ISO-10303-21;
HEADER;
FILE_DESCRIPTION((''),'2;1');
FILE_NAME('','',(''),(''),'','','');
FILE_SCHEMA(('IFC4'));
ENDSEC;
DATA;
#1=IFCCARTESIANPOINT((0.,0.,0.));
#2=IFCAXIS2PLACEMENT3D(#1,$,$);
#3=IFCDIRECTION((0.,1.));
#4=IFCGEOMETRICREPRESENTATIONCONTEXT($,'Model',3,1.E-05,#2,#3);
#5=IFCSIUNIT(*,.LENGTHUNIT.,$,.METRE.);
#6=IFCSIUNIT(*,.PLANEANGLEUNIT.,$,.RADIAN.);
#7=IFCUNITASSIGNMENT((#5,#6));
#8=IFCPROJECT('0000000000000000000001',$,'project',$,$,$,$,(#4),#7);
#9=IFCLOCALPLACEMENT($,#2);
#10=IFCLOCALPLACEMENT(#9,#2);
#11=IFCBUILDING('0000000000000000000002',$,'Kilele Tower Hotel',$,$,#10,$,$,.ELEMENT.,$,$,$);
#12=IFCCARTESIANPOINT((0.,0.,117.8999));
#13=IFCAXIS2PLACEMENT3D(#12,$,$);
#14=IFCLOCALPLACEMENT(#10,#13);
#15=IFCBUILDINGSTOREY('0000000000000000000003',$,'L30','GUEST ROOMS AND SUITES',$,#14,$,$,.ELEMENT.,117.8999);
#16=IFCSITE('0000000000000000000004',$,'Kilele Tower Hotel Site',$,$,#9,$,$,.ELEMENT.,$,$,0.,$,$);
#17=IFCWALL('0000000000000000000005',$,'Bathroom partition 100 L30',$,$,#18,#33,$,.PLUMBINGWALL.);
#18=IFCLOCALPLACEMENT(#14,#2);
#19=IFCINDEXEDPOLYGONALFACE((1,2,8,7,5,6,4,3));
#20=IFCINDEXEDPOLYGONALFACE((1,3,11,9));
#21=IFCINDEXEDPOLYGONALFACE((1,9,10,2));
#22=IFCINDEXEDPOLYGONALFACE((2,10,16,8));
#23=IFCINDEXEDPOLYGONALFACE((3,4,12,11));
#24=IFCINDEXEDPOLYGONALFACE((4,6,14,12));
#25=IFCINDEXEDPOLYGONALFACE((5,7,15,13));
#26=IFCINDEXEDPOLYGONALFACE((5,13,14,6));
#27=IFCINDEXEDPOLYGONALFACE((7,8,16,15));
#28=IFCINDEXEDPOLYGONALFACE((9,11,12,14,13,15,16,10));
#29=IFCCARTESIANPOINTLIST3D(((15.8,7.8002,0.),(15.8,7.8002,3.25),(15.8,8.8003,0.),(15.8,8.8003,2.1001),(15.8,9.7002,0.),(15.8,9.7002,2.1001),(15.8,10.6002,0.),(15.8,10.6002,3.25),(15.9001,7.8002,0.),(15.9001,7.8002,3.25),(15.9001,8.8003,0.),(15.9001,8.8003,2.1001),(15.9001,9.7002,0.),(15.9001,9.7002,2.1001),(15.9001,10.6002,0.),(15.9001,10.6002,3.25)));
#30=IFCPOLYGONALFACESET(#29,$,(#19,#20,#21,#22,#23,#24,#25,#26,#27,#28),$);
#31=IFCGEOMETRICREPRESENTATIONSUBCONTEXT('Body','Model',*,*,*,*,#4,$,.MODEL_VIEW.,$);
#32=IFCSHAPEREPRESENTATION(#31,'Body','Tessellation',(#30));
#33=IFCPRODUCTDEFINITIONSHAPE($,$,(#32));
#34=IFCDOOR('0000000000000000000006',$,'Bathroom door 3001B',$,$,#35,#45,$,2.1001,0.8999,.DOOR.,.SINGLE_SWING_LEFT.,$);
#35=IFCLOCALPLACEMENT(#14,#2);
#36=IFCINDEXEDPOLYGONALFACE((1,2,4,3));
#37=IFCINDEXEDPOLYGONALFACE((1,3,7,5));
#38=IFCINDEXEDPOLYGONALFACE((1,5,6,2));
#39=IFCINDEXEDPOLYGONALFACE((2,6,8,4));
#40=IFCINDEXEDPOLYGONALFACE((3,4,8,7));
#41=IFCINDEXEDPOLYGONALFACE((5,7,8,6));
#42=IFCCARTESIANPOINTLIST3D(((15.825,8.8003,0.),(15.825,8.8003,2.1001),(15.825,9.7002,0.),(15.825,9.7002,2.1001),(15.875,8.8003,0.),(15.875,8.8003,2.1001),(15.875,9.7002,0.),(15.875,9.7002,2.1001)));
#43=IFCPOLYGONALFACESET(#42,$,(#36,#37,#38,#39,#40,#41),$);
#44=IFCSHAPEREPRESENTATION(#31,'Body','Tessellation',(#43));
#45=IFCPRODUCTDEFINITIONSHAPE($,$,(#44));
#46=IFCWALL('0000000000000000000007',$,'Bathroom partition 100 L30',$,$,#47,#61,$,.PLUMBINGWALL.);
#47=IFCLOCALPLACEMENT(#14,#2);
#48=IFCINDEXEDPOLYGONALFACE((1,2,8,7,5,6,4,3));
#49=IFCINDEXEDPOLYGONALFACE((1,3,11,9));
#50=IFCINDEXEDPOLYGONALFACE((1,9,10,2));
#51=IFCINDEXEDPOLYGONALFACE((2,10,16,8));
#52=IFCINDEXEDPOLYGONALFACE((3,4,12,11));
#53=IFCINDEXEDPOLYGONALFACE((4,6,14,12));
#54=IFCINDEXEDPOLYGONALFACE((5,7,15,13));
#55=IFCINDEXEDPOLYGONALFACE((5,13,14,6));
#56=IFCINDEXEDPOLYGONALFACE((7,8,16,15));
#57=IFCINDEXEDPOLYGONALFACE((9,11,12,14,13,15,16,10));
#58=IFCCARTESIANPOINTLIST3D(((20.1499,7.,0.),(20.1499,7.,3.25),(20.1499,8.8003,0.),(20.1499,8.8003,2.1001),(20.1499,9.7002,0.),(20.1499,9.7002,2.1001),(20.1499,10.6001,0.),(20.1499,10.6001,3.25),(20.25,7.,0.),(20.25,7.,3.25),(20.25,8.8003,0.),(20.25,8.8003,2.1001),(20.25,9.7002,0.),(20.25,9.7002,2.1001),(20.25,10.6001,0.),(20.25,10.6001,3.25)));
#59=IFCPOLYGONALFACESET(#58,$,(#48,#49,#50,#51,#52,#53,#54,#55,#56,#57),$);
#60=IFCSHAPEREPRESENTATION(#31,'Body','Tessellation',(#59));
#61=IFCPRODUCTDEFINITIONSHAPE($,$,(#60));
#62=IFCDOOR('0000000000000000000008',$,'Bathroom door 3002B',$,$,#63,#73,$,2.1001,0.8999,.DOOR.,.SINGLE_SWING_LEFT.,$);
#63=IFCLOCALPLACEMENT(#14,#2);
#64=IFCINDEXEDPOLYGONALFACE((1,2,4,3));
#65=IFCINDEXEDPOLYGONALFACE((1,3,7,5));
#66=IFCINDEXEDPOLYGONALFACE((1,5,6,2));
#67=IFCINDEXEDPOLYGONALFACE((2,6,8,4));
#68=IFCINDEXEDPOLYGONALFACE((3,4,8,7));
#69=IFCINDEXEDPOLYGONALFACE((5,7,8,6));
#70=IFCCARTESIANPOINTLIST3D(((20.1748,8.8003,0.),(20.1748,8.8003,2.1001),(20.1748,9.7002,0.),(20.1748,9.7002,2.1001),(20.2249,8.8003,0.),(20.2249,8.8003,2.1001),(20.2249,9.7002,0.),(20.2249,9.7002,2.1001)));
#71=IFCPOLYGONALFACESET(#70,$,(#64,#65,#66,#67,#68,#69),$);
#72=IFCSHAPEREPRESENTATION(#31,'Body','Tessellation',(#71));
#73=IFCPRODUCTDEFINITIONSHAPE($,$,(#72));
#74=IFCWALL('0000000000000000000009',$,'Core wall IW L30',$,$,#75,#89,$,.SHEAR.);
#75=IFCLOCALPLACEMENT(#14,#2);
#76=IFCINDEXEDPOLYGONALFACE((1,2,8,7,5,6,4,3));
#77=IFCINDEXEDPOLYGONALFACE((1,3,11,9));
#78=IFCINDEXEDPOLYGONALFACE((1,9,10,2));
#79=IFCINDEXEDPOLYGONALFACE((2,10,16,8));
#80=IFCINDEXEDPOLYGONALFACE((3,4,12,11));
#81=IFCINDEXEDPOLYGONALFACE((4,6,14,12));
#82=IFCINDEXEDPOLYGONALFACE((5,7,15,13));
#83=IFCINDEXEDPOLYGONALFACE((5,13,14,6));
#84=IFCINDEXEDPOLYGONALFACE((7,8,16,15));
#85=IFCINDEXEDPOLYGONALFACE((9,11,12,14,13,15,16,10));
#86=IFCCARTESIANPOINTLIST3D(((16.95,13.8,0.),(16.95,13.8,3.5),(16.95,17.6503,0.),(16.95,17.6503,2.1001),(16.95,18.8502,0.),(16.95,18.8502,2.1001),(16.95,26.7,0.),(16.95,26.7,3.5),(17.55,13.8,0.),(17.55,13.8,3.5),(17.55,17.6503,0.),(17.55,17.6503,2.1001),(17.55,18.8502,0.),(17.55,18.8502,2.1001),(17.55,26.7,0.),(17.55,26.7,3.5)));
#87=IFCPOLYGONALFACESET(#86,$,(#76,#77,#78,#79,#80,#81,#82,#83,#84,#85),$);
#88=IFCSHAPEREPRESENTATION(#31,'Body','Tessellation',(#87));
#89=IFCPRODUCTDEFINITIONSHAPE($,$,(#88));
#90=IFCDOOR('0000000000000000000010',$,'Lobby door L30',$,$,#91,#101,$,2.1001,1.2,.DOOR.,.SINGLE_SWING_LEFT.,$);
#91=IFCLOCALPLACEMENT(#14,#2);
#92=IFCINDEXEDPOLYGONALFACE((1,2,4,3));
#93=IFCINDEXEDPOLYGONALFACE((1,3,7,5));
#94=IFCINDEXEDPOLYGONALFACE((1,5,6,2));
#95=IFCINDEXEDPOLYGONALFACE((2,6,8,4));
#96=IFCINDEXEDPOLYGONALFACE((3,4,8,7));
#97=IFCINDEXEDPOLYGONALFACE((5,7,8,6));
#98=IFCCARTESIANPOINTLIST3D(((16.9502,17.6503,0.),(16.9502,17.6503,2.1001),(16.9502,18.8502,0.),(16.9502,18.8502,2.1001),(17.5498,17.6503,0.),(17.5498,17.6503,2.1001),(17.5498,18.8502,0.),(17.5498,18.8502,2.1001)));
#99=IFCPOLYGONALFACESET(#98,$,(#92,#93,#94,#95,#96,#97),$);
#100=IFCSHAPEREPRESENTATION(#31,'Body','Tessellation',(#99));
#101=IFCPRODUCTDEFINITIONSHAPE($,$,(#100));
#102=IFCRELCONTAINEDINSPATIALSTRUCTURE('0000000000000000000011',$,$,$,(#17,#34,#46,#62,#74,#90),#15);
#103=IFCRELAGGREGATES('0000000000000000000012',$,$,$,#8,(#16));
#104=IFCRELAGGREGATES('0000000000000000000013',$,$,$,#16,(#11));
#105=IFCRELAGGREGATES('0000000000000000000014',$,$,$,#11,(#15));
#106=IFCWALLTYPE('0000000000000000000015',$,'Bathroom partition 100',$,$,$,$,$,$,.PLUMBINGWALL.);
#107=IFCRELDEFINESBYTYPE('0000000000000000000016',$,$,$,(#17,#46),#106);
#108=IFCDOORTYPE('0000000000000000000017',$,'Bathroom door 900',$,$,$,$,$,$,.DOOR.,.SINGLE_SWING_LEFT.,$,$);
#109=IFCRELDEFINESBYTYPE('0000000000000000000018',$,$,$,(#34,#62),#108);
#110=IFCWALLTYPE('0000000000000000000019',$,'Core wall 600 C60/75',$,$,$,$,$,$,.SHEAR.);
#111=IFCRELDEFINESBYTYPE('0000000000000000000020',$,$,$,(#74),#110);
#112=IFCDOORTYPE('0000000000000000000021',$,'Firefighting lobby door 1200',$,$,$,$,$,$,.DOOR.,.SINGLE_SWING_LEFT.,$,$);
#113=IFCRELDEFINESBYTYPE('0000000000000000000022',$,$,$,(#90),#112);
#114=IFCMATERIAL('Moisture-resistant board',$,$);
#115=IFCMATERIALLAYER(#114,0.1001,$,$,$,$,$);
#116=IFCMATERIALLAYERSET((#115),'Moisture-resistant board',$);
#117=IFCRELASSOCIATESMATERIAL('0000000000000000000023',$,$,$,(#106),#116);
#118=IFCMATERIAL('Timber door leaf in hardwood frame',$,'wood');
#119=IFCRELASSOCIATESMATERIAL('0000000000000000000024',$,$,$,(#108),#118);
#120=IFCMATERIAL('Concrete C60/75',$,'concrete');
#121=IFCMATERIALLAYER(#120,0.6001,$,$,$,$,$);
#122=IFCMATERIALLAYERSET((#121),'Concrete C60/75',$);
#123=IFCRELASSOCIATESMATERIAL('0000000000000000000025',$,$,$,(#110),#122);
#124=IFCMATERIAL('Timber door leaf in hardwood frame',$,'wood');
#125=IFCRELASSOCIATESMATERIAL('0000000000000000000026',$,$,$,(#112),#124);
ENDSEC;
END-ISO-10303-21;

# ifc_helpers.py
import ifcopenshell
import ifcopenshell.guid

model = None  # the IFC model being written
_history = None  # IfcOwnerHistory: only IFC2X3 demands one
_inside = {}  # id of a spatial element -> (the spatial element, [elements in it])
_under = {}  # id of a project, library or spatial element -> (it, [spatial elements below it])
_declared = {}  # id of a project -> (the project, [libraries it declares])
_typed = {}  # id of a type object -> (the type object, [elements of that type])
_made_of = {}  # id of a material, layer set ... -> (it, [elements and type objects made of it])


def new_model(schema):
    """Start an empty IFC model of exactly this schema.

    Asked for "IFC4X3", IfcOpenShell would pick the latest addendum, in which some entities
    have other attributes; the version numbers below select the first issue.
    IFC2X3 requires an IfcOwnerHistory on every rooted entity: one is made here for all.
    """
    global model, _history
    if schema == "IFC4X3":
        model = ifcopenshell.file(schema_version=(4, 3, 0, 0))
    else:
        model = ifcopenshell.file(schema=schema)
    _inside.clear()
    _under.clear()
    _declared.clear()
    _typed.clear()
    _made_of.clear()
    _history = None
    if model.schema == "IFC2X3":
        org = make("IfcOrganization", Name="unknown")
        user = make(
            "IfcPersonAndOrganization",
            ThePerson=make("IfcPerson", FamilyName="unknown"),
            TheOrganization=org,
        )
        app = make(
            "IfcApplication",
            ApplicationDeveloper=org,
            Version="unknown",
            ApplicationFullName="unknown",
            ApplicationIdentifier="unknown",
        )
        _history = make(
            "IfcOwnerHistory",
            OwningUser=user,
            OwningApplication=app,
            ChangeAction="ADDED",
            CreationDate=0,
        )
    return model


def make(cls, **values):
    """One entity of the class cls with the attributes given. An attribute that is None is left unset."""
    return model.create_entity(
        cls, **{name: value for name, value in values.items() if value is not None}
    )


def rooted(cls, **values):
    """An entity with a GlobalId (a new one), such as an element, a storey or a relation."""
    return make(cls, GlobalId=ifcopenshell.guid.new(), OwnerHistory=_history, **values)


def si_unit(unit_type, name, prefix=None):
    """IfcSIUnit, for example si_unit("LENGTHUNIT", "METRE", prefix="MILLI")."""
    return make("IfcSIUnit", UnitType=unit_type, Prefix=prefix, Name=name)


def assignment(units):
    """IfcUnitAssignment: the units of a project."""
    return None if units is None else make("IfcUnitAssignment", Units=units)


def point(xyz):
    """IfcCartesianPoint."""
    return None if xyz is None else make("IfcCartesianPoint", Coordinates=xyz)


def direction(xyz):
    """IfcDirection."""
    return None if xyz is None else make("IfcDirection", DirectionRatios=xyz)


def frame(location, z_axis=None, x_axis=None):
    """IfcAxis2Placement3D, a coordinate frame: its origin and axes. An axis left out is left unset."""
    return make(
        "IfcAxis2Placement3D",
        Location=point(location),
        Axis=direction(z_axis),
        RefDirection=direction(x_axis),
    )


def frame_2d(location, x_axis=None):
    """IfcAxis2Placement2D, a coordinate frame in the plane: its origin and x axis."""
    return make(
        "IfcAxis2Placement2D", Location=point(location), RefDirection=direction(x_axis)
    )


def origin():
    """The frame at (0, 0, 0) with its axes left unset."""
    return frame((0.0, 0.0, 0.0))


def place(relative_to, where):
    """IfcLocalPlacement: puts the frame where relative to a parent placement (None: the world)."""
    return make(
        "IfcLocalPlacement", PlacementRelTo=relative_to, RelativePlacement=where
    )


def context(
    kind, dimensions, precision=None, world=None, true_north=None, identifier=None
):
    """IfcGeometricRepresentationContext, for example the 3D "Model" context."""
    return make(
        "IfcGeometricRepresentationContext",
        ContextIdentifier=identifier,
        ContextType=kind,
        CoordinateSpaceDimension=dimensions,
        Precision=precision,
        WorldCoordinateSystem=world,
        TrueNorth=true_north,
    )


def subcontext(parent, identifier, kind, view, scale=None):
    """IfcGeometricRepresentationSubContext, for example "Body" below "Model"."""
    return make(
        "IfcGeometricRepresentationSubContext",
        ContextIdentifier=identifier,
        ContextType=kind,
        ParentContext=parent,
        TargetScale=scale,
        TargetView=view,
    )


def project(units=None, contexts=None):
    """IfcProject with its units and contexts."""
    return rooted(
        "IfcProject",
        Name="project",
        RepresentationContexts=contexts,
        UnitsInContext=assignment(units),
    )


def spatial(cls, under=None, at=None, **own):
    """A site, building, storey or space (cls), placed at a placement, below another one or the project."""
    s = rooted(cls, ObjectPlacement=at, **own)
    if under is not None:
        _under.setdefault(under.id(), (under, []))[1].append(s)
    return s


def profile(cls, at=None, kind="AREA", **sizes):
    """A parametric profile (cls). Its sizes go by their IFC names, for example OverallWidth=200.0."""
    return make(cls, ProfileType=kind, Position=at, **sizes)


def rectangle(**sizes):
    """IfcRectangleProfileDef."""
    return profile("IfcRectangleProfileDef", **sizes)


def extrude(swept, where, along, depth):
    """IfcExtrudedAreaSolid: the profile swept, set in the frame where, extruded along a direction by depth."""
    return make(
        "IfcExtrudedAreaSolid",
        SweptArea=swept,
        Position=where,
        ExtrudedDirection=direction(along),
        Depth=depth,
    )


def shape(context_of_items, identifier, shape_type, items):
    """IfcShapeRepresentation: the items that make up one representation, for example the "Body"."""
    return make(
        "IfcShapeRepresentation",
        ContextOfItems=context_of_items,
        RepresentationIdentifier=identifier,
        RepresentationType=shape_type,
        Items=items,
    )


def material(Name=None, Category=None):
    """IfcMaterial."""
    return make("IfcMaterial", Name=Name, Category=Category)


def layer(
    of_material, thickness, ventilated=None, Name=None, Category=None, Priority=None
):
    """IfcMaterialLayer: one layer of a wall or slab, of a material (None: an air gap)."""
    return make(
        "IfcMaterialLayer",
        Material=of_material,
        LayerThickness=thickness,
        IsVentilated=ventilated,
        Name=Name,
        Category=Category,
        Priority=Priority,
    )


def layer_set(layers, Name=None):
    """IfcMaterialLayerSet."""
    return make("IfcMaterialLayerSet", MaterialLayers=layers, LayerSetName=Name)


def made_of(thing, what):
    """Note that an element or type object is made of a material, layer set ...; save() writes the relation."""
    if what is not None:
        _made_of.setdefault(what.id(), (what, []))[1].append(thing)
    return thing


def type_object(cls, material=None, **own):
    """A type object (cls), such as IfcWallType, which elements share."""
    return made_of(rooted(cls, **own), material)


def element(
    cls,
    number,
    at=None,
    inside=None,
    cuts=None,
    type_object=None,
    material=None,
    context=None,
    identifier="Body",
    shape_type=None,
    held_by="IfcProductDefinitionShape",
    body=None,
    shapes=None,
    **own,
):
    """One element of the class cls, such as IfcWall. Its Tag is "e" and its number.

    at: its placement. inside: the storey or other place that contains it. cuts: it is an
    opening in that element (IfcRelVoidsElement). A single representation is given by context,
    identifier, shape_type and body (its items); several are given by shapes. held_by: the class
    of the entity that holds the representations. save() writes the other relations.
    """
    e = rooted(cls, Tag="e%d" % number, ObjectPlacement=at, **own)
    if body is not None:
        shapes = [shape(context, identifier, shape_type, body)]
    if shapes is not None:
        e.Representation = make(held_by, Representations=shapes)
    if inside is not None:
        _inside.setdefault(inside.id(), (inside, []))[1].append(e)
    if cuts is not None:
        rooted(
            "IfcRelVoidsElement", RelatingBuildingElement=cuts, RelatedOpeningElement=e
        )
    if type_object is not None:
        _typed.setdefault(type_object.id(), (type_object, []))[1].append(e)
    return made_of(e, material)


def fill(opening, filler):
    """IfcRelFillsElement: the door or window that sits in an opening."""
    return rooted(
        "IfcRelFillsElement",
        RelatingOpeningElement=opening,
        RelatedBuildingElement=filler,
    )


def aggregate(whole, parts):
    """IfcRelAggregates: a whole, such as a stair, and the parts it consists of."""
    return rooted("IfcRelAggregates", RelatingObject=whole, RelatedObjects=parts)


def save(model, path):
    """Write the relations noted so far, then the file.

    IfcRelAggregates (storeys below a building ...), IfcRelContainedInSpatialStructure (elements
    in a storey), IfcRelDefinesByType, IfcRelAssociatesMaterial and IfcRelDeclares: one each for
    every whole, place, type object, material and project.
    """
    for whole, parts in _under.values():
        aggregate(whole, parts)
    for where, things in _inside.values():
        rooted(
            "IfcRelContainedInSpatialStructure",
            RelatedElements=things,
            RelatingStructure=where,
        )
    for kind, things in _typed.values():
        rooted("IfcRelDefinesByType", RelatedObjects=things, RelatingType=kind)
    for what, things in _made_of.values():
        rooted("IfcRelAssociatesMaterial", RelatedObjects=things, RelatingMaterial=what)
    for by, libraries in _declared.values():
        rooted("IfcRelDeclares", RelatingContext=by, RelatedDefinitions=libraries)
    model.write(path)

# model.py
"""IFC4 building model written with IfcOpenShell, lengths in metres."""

from ifc_helpers import new_model, si_unit, direction, frame, frame_2d, origin, place, context, subcontext, project, spatial, rectangle, extrude, material, layer, layer_set, type_object, element, fill, save


model = new_model("IFC4")

# Units and contexts
model_context = context("Model", 3, precision=1e-05, world=origin(), true_north=direction((0.0, 1.0)))
body_context = subcontext(model_context, "Body", "Model", "MODEL_VIEW")
ifc_project = project(units=[si_unit("LENGTHUNIT", "METRE"), si_unit("PLANEANGLEUNIT", "RADIAN")], contexts=[model_context])

# Site, building, storey
site_placement = place(None, origin())
site = spatial("IfcSite", under=ifc_project, at=site_placement, Name="Kilele Tower Hotel Site", CompositionType="ELEMENT", RefElevation=0.0)
building_placement = place(site_placement, origin())
building = spatial("IfcBuilding", under=site, at=building_placement, Name="Kilele Tower Hotel", CompositionType="ELEMENT")
storey_placement = place(building_placement, frame((0.0, 0.0, 117.8999)))
storey = spatial("IfcBuildingStorey", under=building, at=storey_placement, Name="L30", Description="GUEST ROOMS AND SUITES", CompositionType="ELEMENT", Elevation=117.8999)

# Walls, openings, doors
ifc_material_1 = material(Name="Moisture-resistant board")
ifc_layer_1 = layer(ifc_material_1, 0.1001)
ifc_layer_set_1 = layer_set([ifc_layer_1], Name="Moisture-resistant board")
wall_type_1 = type_object("IfcWallType", Name="Bathroom partition 100", PredefinedType="PLUMBINGWALL", material=ifc_layer_set_1)
wall_1_placement = place(storey_placement, frame((15.8501, 10.6001, 0.0), z_axis=(0.0, 0.0, 1.0), x_axis=(0.0, -1.0, 0.0)))
wall_1 = element("IfcWall", 1, at=wall_1_placement, inside=storey, type_object=wall_type_1, Name="Bathroom partition 100 L30", PredefinedType="PLUMBINGWALL", context=body_context, shape_type="SweptSolid", body=[
    extrude(rectangle(XDim=2.8, YDim=0.1001, at=frame_2d((1.3999, 0.0))), origin(), (0.0, 0.0, 1.0), 3.25),
])
opening_1_placement = place(wall_1_placement, frame((0.8999, 0.0, 0.0)))
opening_1 = element("IfcOpeningElement", 2, at=opening_1_placement, cuts=wall_1, PredefinedType="OPENING", context=body_context, shape_type="SweptSolid", body=[
    extrude(rectangle(XDim=0.8999, YDim=2.1001, at=frame_2d((0.45, 1.05))), frame((0.0, 0.0601, 0.0), z_axis=(0.0, -1.0, 0.0), x_axis=(1.0, 0.0, 0.0)), (0.0, 0.0, 1.0), 0.1201),
])
ifc_material_2 = material(Name="Timber door leaf in hardwood frame", Category="wood")
door_type_1 = type_object("IfcDoorType", Name="Bathroom door 900", OperationType="SINGLE_SWING_LEFT", PredefinedType="DOOR", material=ifc_material_2)
door_1_placement = place(opening_1_placement, origin())
door_1 = element("IfcDoor", 3, at=door_1_placement, inside=storey, type_object=door_type_1, Name="Bathroom door 3001B", OperationType="SINGLE_SWING_LEFT", OverallHeight=2.1001, OverallWidth=0.8999, PredefinedType="DOOR", context=body_context, shape_type="SweptSolid", body=[
    extrude(rectangle(XDim=0.8999, YDim=2.1001, at=frame_2d((0.45, 1.05))), frame((0.0, 0.0249, 0.0), z_axis=(0.0, -1.0, 0.0), x_axis=(1.0, 0.0, 0.0)), (0.0, 0.0, 1.0), 0.05),
])
fill(opening_1, door_1)
wall_2_placement = place(storey_placement, frame((20.2, 10.6001, 0.0), z_axis=(0.0, 0.0, 1.0), x_axis=(0.0, -1.0, 0.0)))
wall_2 = element("IfcWall", 4, at=wall_2_placement, inside=storey, type_object=wall_type_1, Name="Bathroom partition 100 L30", PredefinedType="PLUMBINGWALL", context=body_context, shape_type="SweptSolid", body=[
    extrude(rectangle(XDim=3.6001, YDim=0.1001, at=frame_2d((1.8, 0.0))), origin(), (0.0, 0.0, 1.0), 3.25),
])
opening_2_placement = place(wall_2_placement, frame((0.8999, 0.0, 0.0)))
opening_2 = element("IfcOpeningElement", 5, at=opening_2_placement, cuts=wall_2, PredefinedType="OPENING", context=body_context, shape_type="SweptSolid", body=[
    extrude(rectangle(XDim=0.8999, YDim=2.1001, at=frame_2d((0.45, 1.05))), frame((0.0, 0.0601, 0.0), z_axis=(0.0, -1.0, 0.0), x_axis=(1.0, 0.0, 0.0)), (0.0, 0.0, 1.0), 0.1201),
])
door_2_placement = place(opening_2_placement, origin())
door_2 = element("IfcDoor", 6, at=door_2_placement, inside=storey, type_object=door_type_1, Name="Bathroom door 3002B", OperationType="SINGLE_SWING_LEFT", OverallHeight=2.1001, OverallWidth=0.8999, PredefinedType="DOOR", context=body_context, shape_type="SweptSolid", body=[
    extrude(rectangle(XDim=0.8999, YDim=2.1001, at=frame_2d((0.45, 1.05))), frame((0.0, 0.0249, 0.0), z_axis=(0.0, -1.0, 0.0), x_axis=(1.0, 0.0, 0.0)), (0.0, 0.0, 1.0), 0.05),
])
fill(opening_2, door_2)
ifc_material_3 = material(Name="Concrete C60/75", Category="concrete")
ifc_layer_2 = layer(ifc_material_3, 0.6001)
ifc_layer_set_2 = layer_set([ifc_layer_2], Name="Concrete C60/75")
wall_type_2 = type_object("IfcWallType", Name="Core wall 600 C60/75", PredefinedType="SHEAR", material=ifc_layer_set_2)
wall_3_placement = place(storey_placement, frame((17.25, 13.8, 0.0), z_axis=(0.0, 0.0, 1.0), x_axis=(0.0, 1.0, 0.0)))
wall_3 = element("IfcWall", 7, at=wall_3_placement, inside=storey, type_object=wall_type_2, Name="Core wall IW L30", PredefinedType="SHEAR", context=body_context, shape_type="SweptSolid", body=[
    extrude(rectangle(XDim=12.8999, YDim=0.6001, at=frame_2d((6.45, 0.0))), origin(), (0.0, 0.0, 1.0), 3.5),
])
opening_3_placement = place(wall_3_placement, frame((3.8501, 0.0, 0.0)))
opening_3 = element("IfcOpeningElement", 8, at=opening_3_placement, cuts=wall_3, PredefinedType="OPENING", context=body_context, shape_type="SweptSolid", body=[
    extrude(rectangle(XDim=1.2, YDim=2.1001, at=frame_2d((0.6001, 1.05))), frame((0.0, 0.3101, 0.0), z_axis=(0.0, -1.0, 0.0), x_axis=(1.0, 0.0, 0.0)), (0.0, 0.0, 1.0), 0.6201),
])
ifc_material_4 = material(Name="Timber door leaf in hardwood frame", Category="wood")
door_type_2 = type_object("IfcDoorType", Name="Firefighting lobby door 1200", OperationType="SINGLE_SWING_LEFT", PredefinedType="DOOR", material=ifc_material_4)
door_3_placement = place(opening_3_placement, origin())
door_3 = element("IfcDoor", 9, at=door_3_placement, inside=storey, type_object=door_type_2, Name="Lobby door L30", OperationType="SINGLE_SWING_LEFT", OverallHeight=2.1001, OverallWidth=1.2, PredefinedType="DOOR", context=body_context, shape_type="SweptSolid", body=[
    extrude(rectangle(XDim=1.2, YDim=2.1001, at=frame_2d((0.6001, 1.05))), frame((0.0, 0.2998, 0.0), z_axis=(0.0, -1.0, 0.0), x_axis=(1.0, 0.0, 0.0)), (0.0, 0.0, 1.0), 0.5996),
])
fill(opening_3, door_3)

save(model, "model.ifc")
